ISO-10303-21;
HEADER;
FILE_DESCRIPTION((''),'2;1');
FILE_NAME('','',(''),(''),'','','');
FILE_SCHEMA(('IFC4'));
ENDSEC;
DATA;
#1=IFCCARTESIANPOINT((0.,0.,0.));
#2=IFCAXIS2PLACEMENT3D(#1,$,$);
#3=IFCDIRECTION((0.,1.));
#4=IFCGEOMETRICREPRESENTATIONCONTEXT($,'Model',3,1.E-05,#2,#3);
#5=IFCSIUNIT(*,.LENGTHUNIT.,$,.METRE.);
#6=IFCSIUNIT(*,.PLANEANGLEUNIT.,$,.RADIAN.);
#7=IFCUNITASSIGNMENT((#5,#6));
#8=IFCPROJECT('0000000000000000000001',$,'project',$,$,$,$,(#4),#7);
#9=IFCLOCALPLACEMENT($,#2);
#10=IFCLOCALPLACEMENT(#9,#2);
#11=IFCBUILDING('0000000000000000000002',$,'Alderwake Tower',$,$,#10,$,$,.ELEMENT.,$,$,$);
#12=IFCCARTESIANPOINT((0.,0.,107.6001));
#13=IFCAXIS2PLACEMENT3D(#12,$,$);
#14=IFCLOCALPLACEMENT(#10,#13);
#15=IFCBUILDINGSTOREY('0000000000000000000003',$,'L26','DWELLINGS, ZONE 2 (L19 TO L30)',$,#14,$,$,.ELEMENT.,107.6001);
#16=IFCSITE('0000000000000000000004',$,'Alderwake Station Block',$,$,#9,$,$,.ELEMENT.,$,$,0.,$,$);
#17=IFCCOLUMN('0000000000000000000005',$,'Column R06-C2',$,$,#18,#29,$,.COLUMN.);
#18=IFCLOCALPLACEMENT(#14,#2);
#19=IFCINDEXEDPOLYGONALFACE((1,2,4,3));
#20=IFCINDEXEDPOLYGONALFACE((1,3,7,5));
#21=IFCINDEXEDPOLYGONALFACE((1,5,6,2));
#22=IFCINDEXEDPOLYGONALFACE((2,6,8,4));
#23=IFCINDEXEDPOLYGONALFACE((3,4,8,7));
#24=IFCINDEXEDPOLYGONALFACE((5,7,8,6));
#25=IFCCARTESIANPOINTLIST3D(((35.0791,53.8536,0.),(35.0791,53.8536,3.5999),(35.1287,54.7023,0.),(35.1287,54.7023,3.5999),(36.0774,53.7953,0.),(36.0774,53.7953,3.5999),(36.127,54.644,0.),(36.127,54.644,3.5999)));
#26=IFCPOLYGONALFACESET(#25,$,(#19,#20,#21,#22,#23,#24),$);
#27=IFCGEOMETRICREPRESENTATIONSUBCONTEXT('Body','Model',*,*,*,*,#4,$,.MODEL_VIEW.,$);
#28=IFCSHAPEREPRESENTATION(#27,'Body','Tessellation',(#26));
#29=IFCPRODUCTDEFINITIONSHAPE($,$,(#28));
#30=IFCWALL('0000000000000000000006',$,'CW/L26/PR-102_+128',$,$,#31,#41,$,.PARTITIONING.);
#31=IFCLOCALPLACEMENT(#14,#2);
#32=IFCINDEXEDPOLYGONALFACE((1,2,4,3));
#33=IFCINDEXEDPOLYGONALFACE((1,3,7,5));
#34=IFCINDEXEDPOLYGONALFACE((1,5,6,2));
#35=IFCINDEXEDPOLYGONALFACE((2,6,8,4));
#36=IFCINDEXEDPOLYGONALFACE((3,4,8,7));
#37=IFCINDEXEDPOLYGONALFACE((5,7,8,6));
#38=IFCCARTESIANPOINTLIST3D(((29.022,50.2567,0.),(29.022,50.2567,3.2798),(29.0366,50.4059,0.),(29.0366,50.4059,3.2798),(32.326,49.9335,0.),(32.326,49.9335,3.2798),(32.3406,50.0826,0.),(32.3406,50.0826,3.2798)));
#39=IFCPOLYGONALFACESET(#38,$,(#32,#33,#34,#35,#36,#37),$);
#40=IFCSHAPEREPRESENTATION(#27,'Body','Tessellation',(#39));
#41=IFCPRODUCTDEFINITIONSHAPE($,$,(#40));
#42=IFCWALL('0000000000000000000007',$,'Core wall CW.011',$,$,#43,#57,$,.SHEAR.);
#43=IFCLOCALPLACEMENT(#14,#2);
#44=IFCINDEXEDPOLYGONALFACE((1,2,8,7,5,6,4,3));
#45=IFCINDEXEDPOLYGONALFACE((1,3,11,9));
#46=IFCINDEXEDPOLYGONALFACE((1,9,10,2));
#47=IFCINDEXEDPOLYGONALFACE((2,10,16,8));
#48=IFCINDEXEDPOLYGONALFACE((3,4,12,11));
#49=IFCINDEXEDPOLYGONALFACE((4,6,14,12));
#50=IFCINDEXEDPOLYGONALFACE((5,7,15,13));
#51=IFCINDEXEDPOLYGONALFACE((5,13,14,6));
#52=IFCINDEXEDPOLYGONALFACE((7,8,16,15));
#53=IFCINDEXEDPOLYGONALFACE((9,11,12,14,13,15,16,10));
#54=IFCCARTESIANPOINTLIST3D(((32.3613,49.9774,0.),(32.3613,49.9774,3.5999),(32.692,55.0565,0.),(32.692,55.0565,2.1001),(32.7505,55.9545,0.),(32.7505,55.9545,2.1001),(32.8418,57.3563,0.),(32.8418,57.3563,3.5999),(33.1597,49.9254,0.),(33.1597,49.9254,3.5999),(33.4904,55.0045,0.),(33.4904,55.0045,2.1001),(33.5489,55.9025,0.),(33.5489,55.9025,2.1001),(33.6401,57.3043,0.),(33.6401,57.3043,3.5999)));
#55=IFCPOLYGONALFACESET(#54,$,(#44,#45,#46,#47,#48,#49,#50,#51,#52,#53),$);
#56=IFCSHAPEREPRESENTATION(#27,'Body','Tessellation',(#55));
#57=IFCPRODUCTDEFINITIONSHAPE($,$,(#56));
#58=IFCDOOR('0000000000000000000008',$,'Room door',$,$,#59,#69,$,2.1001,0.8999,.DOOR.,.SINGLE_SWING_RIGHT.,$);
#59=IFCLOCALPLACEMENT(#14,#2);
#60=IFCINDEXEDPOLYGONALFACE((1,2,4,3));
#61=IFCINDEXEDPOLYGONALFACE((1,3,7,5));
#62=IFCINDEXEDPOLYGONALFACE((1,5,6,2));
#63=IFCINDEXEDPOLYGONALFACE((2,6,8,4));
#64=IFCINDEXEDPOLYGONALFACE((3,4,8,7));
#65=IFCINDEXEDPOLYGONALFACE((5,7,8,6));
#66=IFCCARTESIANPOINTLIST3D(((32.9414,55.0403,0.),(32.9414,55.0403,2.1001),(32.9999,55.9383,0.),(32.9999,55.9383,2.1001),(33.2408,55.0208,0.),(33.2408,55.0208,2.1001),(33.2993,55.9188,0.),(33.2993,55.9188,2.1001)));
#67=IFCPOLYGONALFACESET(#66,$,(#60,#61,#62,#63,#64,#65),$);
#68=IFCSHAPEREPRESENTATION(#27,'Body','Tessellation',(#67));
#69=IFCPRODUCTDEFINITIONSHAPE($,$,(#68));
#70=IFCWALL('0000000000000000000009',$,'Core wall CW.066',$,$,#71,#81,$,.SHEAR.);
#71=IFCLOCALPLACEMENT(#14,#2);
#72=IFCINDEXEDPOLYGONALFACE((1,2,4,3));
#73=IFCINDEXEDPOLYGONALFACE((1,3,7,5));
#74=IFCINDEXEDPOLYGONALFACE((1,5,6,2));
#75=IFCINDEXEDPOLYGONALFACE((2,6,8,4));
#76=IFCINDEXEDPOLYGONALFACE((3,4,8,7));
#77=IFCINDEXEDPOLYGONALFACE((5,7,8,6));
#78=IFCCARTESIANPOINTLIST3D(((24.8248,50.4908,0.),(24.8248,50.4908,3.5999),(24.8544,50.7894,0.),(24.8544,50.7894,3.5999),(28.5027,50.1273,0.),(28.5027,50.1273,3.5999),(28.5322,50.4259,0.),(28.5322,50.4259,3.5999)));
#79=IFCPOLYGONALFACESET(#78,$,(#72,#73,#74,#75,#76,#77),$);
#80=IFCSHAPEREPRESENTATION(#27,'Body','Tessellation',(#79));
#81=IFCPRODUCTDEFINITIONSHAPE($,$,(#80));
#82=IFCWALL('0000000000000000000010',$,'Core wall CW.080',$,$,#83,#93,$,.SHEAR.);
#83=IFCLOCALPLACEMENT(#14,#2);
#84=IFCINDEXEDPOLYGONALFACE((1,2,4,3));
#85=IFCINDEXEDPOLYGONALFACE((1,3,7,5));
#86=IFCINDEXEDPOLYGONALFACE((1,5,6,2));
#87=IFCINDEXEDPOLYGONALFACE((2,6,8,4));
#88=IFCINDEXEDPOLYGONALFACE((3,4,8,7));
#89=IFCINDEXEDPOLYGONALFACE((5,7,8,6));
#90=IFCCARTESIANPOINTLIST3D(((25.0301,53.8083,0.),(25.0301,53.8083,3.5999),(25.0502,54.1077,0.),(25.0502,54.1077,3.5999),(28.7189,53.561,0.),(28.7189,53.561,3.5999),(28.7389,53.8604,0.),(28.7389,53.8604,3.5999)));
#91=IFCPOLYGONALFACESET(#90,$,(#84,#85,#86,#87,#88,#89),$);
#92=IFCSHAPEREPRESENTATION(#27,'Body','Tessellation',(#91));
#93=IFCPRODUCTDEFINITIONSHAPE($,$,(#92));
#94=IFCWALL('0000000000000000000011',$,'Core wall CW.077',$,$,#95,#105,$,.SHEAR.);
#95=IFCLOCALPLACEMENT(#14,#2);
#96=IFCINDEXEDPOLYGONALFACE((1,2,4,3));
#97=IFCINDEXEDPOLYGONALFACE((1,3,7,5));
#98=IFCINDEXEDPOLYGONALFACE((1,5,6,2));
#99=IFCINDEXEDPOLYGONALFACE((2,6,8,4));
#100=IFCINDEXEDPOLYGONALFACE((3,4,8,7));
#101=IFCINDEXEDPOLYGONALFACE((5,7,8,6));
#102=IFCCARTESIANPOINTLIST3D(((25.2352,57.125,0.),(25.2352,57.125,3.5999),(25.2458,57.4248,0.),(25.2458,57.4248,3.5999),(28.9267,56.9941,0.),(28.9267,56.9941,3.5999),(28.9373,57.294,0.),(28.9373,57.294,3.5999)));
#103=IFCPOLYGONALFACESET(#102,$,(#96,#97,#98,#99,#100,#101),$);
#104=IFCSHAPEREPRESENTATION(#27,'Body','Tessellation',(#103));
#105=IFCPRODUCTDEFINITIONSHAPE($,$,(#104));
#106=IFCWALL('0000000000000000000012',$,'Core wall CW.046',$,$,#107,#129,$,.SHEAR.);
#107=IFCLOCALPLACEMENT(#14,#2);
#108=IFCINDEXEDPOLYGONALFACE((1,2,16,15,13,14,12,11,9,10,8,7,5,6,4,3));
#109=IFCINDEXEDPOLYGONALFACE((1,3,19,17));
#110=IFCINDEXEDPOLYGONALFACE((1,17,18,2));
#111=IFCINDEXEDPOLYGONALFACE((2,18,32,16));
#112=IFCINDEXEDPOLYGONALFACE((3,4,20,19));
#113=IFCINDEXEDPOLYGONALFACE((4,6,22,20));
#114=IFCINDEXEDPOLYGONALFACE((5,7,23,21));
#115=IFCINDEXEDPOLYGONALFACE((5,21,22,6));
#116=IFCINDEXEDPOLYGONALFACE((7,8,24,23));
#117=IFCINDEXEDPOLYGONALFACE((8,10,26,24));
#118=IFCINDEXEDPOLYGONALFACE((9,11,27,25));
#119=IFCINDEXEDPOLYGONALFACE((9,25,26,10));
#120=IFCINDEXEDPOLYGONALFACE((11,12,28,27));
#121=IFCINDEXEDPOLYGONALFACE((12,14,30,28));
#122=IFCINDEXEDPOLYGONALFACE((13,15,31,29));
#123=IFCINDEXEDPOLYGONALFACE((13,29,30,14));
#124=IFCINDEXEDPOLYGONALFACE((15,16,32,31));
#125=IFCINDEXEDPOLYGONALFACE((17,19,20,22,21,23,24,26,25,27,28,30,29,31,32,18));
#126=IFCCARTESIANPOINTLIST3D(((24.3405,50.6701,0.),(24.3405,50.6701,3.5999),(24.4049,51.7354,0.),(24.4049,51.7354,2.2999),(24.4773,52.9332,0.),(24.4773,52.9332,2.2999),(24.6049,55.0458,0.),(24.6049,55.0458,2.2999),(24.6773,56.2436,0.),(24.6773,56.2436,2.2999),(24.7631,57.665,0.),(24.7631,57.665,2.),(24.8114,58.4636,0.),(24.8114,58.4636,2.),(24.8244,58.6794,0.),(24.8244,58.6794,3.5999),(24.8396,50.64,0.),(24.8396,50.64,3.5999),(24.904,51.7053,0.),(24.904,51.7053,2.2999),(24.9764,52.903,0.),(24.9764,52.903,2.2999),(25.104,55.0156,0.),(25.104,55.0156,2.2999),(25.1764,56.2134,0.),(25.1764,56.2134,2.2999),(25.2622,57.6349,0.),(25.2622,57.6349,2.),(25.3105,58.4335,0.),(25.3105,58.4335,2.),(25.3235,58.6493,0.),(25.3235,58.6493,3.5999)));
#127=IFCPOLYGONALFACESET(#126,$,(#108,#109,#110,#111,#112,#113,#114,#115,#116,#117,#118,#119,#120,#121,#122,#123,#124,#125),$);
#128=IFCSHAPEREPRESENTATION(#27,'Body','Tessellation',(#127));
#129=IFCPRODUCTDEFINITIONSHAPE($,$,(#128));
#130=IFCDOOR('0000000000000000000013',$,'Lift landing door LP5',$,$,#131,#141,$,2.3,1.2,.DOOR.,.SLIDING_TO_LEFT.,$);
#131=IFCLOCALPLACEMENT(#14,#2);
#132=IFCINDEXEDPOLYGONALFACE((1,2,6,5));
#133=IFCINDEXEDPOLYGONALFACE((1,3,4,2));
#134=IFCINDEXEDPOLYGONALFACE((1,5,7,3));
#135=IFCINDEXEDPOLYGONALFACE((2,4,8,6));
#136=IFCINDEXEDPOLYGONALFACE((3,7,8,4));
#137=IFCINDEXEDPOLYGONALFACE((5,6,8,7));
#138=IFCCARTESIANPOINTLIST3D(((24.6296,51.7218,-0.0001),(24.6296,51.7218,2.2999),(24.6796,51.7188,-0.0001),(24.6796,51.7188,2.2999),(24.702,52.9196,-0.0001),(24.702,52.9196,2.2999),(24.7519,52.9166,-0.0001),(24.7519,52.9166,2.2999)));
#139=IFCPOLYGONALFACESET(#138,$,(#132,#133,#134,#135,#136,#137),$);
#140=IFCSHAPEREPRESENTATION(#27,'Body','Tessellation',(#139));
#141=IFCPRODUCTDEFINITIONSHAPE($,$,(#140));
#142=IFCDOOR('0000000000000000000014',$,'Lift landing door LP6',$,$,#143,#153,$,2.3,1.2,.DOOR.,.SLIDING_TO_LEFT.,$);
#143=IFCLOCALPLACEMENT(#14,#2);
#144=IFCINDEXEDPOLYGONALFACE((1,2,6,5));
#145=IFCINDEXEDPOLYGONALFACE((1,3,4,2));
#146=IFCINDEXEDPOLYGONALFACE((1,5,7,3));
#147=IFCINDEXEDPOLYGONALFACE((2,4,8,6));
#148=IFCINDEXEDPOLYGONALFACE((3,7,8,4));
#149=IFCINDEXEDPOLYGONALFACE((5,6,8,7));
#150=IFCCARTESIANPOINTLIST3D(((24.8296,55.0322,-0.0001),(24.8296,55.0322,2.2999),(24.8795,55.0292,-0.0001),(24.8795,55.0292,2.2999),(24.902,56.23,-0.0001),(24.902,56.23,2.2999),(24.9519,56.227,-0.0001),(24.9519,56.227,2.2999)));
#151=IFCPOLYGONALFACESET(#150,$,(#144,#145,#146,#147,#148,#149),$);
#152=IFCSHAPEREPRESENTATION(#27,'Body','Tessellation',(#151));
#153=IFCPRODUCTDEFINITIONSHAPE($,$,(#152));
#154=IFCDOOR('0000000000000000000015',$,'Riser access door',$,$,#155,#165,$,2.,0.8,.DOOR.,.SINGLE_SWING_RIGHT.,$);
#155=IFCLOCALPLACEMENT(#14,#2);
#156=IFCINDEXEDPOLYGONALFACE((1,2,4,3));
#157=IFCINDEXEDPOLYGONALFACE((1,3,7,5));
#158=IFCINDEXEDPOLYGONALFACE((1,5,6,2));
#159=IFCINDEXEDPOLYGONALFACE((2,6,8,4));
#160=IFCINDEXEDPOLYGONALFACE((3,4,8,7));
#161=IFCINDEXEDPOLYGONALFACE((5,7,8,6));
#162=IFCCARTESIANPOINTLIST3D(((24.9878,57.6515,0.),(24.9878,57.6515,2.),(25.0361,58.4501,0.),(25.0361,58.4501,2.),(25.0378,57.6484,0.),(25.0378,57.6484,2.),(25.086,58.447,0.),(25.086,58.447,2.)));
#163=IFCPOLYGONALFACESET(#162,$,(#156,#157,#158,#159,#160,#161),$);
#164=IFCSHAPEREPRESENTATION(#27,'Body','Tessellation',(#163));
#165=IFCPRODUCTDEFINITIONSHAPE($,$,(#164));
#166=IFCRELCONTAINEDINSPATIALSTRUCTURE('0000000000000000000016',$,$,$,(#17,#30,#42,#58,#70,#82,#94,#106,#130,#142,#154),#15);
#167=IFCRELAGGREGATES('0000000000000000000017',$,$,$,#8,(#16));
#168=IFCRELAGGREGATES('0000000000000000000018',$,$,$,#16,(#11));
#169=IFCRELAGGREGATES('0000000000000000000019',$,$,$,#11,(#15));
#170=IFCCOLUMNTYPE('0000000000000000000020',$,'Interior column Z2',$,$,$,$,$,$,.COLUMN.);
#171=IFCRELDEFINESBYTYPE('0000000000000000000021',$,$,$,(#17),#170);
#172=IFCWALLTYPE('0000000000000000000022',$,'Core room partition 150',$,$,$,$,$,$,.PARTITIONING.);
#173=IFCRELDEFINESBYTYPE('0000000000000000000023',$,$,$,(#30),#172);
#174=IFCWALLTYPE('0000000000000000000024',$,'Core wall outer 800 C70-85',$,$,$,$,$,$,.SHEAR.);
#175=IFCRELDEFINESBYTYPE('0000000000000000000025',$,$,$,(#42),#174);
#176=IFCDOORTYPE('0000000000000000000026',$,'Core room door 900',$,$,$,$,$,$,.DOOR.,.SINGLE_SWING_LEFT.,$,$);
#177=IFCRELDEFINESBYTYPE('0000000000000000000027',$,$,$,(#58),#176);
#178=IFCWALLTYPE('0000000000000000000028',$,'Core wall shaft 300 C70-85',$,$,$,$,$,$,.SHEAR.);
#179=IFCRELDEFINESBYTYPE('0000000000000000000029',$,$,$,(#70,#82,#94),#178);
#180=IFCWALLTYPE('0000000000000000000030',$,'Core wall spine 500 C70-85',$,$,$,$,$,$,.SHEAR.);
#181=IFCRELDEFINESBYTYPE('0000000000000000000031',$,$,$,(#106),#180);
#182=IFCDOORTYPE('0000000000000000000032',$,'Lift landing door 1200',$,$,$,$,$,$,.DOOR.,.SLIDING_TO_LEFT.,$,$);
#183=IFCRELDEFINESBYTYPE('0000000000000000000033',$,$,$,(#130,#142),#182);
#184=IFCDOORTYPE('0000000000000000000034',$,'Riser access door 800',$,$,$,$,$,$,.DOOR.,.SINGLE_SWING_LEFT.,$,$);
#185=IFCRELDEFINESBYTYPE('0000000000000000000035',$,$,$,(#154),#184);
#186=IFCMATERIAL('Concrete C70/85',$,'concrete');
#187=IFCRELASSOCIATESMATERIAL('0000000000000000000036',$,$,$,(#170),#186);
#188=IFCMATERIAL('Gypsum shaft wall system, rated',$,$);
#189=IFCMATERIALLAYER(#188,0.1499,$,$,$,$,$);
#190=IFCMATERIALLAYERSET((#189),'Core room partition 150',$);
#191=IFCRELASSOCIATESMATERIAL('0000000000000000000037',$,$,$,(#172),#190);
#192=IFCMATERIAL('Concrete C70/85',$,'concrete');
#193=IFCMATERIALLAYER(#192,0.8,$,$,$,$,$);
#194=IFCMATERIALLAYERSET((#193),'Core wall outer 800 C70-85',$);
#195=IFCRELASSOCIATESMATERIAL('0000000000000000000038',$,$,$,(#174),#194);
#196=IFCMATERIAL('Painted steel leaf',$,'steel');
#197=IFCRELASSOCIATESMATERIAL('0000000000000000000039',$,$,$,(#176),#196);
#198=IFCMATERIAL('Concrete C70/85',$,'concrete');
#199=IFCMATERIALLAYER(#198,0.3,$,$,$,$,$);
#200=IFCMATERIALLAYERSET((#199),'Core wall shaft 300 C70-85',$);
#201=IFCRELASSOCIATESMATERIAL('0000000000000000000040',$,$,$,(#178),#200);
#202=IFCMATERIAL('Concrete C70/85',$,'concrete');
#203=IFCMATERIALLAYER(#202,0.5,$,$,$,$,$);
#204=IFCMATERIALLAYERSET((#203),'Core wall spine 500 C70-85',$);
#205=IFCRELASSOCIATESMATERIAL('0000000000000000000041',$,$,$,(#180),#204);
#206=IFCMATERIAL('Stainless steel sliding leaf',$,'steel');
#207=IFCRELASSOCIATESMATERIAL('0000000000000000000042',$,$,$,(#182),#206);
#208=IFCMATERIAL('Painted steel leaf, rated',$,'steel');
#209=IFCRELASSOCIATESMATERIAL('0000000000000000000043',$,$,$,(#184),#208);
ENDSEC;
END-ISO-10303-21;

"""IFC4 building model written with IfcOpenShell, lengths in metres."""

from ifc_helpers import new_model, si_unit, direction, frame, frame_2d, origin, origin_2d, place, context, subcontext, project, spatial, rectangle, extrude, material, layer, layer_set, material_profile, profile_set, type_object, element, fill, save


model = new_model("IFC4")

# Units and contexts
model_context = context("Model", 3, precision=1e-05, world=origin(), true_north=direction((0.0, 1.0)))
body_context = subcontext(model_context, "Body", "Model", "MODEL_VIEW")
ifc_project = project(units=[si_unit("LENGTHUNIT", "METRE"), si_unit("PLANEANGLEUNIT", "RADIAN")], contexts=[model_context])

# Site, building, storey
site_placement = place(None, origin())
site = spatial("IfcSite", under=ifc_project, at=site_placement, Name="Alderwake Station Block", CompositionType="ELEMENT", RefElevation=0.0)
building_placement = place(site_placement, origin())
building = spatial("IfcBuilding", under=site, at=building_placement, Name="Alderwake Tower", CompositionType="ELEMENT")
storey_placement = place(building_placement, frame((0.0, 0.0, 107.6001)))
storey = spatial("IfcBuildingStorey", under=building, at=storey_placement, Name="L26", Description="DWELLINGS, ZONE 2 (L19 TO L30)", CompositionType="ELEMENT", Elevation=107.6001)

# Column
ifc_material_1 = material(Name="Concrete C70/85", Category="concrete")
ifc_material_profile = material_profile(ifc_material_1, rectangle(XDim=0.8501, YDim=1.0, at=origin_2d()), Name="RC 1000X850")
ifc_profile_set = profile_set([ifc_material_profile], Name="Concrete C70/85")
column_type = type_object("IfcColumnType", Name="Interior column Z2", PredefinedType="COLUMN", material=ifc_profile_set)
column_placement = place(storey_placement, frame((35.603, 54.2488, 0.0), z_axis=(0.0, 0.0, 1.0), x_axis=(0.058301, 0.998299, 0.0)))
element("IfcColumn", 1, at=column_placement, inside=storey, type_object=column_type, Name="Column R06-C2", PredefinedType="COLUMN", context=body_context, shape_type="SweptSolid", body=[
    extrude(rectangle(XDim=0.8501, YDim=1.0, at=origin_2d()), origin(), (0.0, 0.0, 1.0), 3.5999),
])

# Wall
ifc_material_2 = material(Name="Gypsum shaft wall system, rated")
ifc_layer_1 = layer(ifc_material_2, 0.1499)
ifc_layer_set_1 = layer_set([ifc_layer_1], Name="Core room partition 150")
wall_type_1 = type_object("IfcWallType", Name="Core room partition 150", PredefinedType="PARTITIONING", material=ifc_layer_set_1)
wall_1_placement = place(storey_placement, frame((29.0293, 50.3313, 0.0), z_axis=(0.0, 0.0, 1.0), x_axis=(0.995248, -0.09737, 0.0)))
element("IfcWall", 2, at=wall_1_placement, inside=storey, type_object=wall_type_1, Name="CW/L26/PR-102_+128", PredefinedType="PARTITIONING", context=body_context, shape_type="SweptSolid", body=[
    extrude(rectangle(XDim=3.3198, YDim=0.1499, at=frame_2d((1.6599, 0.0))), origin(), (0.0, 0.0, 1.0), 3.2798),
])

# Wall, opening, door
ifc_material_3 = material(Name="Concrete C70/85", Category="concrete")
ifc_layer_2 = layer(ifc_material_3, 0.8)
ifc_layer_set_2 = layer_set([ifc_layer_2], Name="Core wall outer 800 C70-85")
wall_type_2 = type_object("IfcWallType", Name="Core wall outer 800 C70-85", PredefinedType="SHEAR", material=ifc_layer_set_2)
wall_2_placement = place(storey_placement, frame((33.241, 57.3303, 0.0), z_axis=(0.0, 0.0, 1.0), x_axis=(-0.064976, -0.997887, 0.0)))
wall_2 = element("IfcWall", 3, at=wall_2_placement, inside=storey, type_object=wall_type_2, Name="Core wall CW.011", PredefinedType="SHEAR", context=body_context, shape_type="SweptSolid", body=[
    extrude(rectangle(XDim=7.3945, YDim=0.8, at=frame_2d((3.6973, 0.0))), origin(), (0.0, 0.0, 1.0), 3.5999),
])
opening_1_placement = place(wall_2_placement, frame((1.4048, 0.0, 0.0)))
opening_1 = element("IfcOpeningElement", 4, at=opening_1_placement, cuts=wall_2, PredefinedType="OPENING", context=body_context, shape_type="SweptSolid", body=[
    extrude(rectangle(XDim=0.8999, YDim=2.1001, at=frame_2d((0.45, 1.05))), frame((0.0, 0.4099, 0.0), z_axis=(0.0, -1.0, 0.0), x_axis=(1.0, 0.0, 0.0)), (0.0, 0.0, 1.0), 0.8201),
])
ifc_material_4 = material(Name="Painted steel leaf", Category="steel")
door_type_1 = type_object("IfcDoorType", Name="Core room door 900", OperationType="SINGLE_SWING_LEFT", PredefinedType="DOOR", material=ifc_material_4)
door_1_placement = place(opening_1_placement, origin())
door_1 = element("IfcDoor", 5, at=door_1_placement, inside=storey, type_object=door_type_1, Name="Room door", OperationType="SINGLE_SWING_RIGHT", OverallHeight=2.1001, OverallWidth=0.8999, PredefinedType="DOOR", context=body_context, shape_type="SweptSolid", body=[
    extrude(rectangle(XDim=0.8999, YDim=2.1001, at=frame_2d((0.45, 1.05))), frame((0.0, 0.1499, 0.0), z_axis=(0.0, -1.0, 0.0), x_axis=(1.0, 0.0, 0.0)), (0.0, 0.0, 1.0), 0.3),
])
fill(opening_1, door_1)

# Walls
ifc_material_5 = material(Name="Concrete C70/85", Category="concrete")
ifc_layer_3 = layer(ifc_material_5, 0.3)
ifc_layer_set_3 = layer_set([ifc_layer_3], Name="Core wall shaft 300 C70-85")
wall_type_3 = type_object("IfcWallType", Name="Core wall shaft 300 C70-85", PredefinedType="SHEAR", material=ifc_layer_set_3)
wall_3_placement = place(storey_placement, frame((24.8396, 50.6401, 0.0), z_axis=(0.0, 0.0, 1.0), x_axis=(0.995151, -0.098359, 0.0)))
element("IfcWall", 6, at=wall_3_placement, inside=storey, type_object=wall_type_3, Name="Core wall CW.066", PredefinedType="SHEAR", context=body_context, shape_type="SweptSolid", body=[
    extrude(rectangle(XDim=3.6958, YDim=0.3, at=frame_2d((1.8479, 0.0))), origin(), (0.0, 0.0, 1.0), 3.5999),
])
wall_4_placement = place(storey_placement, frame((25.04, 53.958, 0.0), z_axis=(0.0, 0.0, 1.0), x_axis=(0.99776, -0.066896, 0.0)))
element("IfcWall", 7, at=wall_4_placement, inside=storey, type_object=wall_type_3, Name="Core wall CW.080", PredefinedType="SHEAR", context=body_context, shape_type="SweptSolid", body=[
    extrude(rectangle(XDim=3.697, YDim=0.3, at=frame_2d((1.8486, 0.0))), origin(), (0.0, 0.0, 1.0), 3.5999),
])
wall_5_placement = place(storey_placement, frame((25.2405, 57.2749, 0.0), z_axis=(0.0, 0.0, 1.0), x_axis=(0.999372, -0.035425, 0.0)))
element("IfcWall", 8, at=wall_5_placement, inside=storey, type_object=wall_type_3, Name="Core wall CW.077", PredefinedType="SHEAR", context=body_context, shape_type="SweptSolid", body=[
    extrude(rectangle(XDim=3.6938, YDim=0.3, at=frame_2d((1.8469, 0.0))), origin(), (0.0, 0.0, 1.0), 3.5999),
])

# Wall, openings, doors
ifc_material_6 = material(Name="Concrete C70/85", Category="concrete")
ifc_layer_4 = layer(ifc_material_6, 0.5)
ifc_layer_set_4 = layer_set([ifc_layer_4], Name="Core wall spine 500 C70-85")
wall_type_4 = type_object("IfcWallType", Name="Core wall spine 500 C70-85", PredefinedType="SHEAR", material=ifc_layer_set_4)
wall_6_placement = place(storey_placement, frame((24.5901, 50.655, 0.0), z_axis=(0.0, 0.0, 1.0), x_axis=(0.060306, 0.99818, 0.0)))
wall_6 = element("IfcWall", 9, at=wall_6_placement, inside=storey, type_object=wall_type_4, Name="Core wall CW.046", PredefinedType="SHEAR", context=body_context, shape_type="SweptSolid", body=[
    extrude(rectangle(XDim=8.0239, YDim=0.5, at=frame_2d((4.012, 0.0))), origin(), (0.0, 0.0, 1.0), 3.5999),
])
opening_2_placement = place(wall_6_placement, frame((1.0671, 0.0, 0.0)))
opening_2 = element("IfcOpeningElement", 10, at=opening_2_placement, cuts=wall_6, PredefinedType="OPENING", context=body_context, shape_type="SweptSolid", body=[
    extrude(rectangle(XDim=1.2, YDim=2.3, at=frame_2d((0.6001, 1.1499))), frame((0.0, 0.26, 0.0), z_axis=(0.0, -1.0, 0.0), x_axis=(1.0, 0.0, 0.0)), (0.0, 0.0, 1.0), 0.52),
])
opening_3_placement = place(wall_6_placement, frame((4.3835, 0.0, 0.0)))
opening_3 = element("IfcOpeningElement", 11, at=opening_3_placement, cuts=wall_6, PredefinedType="OPENING", context=body_context, shape_type="SweptSolid", body=[
    extrude(rectangle(XDim=1.2, YDim=2.3, at=frame_2d((0.6001, 1.1499))), frame((0.0, 0.26, 0.0), z_axis=(0.0, -1.0, 0.0), x_axis=(1.0, 0.0, 0.0)), (0.0, 0.0, 1.0), 0.52),
])
opening_4_placement = place(wall_6_placement, frame((7.0078, 0.0, 0.0)))
opening_4 = element("IfcOpeningElement", 12, at=opening_4_placement, cuts=wall_6, PredefinedType="OPENING", context=body_context, shape_type="SweptSolid", body=[
    extrude(rectangle(XDim=0.8, YDim=2.0, at=frame_2d((0.3999, 1.0))), frame((0.0, 0.26, 0.0), z_axis=(0.0, -1.0, 0.0), x_axis=(1.0, 0.0, 0.0)), (0.0, 0.0, 1.0), 0.52),
])
ifc_material_7 = material(Name="Stainless steel sliding leaf", Category="steel")
door_type_2 = type_object("IfcDoorType", Name="Lift landing door 1200", OperationType="SLIDING_TO_LEFT", PredefinedType="DOOR", material=ifc_material_7)
door_2_placement = place(opening_2_placement, origin())
door_2 = element("IfcDoor", 13, at=door_2_placement, inside=storey, type_object=door_type_2, Name="Lift landing door LP5", OperationType="SLIDING_TO_LEFT", OverallHeight=2.3, OverallWidth=1.2, PredefinedType="DOOR", context=body_context, shape_type="SweptSolid", body=[
    extrude(rectangle(XDim=1.2, YDim=2.3, at=frame_2d((0.6001, 1.1499))), frame((0.0, 0.0249, 0.0), z_axis=(0.0, -1.0, 0.0), x_axis=(1.0, 0.0, 0.0)), (0.0, 0.0, 1.0), 0.05),
])
fill(opening_2, door_2)
door_3_placement = place(opening_3_placement, origin())
door_3 = element("IfcDoor", 14, at=door_3_placement, inside=storey, type_object=door_type_2, Name="Lift landing door LP6", OperationType="SLIDING_TO_LEFT", OverallHeight=2.3, OverallWidth=1.2, PredefinedType="DOOR", context=body_context, shape_type="SweptSolid", body=[
    extrude(rectangle(XDim=1.2, YDim=2.3, at=frame_2d((0.6001, 1.1499))), frame((0.0, 0.0249, 0.0), z_axis=(0.0, -1.0, 0.0), x_axis=(1.0, 0.0, 0.0)), (0.0, 0.0, 1.0), 0.05),
])
fill(opening_3, door_3)
ifc_material_8 = material(Name="Painted steel leaf, rated", Category="steel")
door_type_3 = type_object("IfcDoorType", Name="Riser access door 800", OperationType="SINGLE_SWING_LEFT", PredefinedType="DOOR", material=ifc_material_8)
door_4_placement = place(opening_4_placement, origin())
door_4 = element("IfcDoor", 15, at=door_4_placement, inside=storey, type_object=door_type_3, Name="Riser access door", OperationType="SINGLE_SWING_RIGHT", OverallHeight=2.0, OverallWidth=0.8, PredefinedType="DOOR", context=body_context, shape_type="SweptSolid", body=[
    extrude(rectangle(XDim=0.8, YDim=2.0, at=frame_2d((0.3999, 1.0))), frame((0.0, 0.0249, 0.0), z_axis=(0.0, -1.0, 0.0), x_axis=(1.0, 0.0, 0.0)), (0.0, 0.0, 1.0), 0.05),
])
fill(opening_4, door_4)

save(model, "model.ifc")
